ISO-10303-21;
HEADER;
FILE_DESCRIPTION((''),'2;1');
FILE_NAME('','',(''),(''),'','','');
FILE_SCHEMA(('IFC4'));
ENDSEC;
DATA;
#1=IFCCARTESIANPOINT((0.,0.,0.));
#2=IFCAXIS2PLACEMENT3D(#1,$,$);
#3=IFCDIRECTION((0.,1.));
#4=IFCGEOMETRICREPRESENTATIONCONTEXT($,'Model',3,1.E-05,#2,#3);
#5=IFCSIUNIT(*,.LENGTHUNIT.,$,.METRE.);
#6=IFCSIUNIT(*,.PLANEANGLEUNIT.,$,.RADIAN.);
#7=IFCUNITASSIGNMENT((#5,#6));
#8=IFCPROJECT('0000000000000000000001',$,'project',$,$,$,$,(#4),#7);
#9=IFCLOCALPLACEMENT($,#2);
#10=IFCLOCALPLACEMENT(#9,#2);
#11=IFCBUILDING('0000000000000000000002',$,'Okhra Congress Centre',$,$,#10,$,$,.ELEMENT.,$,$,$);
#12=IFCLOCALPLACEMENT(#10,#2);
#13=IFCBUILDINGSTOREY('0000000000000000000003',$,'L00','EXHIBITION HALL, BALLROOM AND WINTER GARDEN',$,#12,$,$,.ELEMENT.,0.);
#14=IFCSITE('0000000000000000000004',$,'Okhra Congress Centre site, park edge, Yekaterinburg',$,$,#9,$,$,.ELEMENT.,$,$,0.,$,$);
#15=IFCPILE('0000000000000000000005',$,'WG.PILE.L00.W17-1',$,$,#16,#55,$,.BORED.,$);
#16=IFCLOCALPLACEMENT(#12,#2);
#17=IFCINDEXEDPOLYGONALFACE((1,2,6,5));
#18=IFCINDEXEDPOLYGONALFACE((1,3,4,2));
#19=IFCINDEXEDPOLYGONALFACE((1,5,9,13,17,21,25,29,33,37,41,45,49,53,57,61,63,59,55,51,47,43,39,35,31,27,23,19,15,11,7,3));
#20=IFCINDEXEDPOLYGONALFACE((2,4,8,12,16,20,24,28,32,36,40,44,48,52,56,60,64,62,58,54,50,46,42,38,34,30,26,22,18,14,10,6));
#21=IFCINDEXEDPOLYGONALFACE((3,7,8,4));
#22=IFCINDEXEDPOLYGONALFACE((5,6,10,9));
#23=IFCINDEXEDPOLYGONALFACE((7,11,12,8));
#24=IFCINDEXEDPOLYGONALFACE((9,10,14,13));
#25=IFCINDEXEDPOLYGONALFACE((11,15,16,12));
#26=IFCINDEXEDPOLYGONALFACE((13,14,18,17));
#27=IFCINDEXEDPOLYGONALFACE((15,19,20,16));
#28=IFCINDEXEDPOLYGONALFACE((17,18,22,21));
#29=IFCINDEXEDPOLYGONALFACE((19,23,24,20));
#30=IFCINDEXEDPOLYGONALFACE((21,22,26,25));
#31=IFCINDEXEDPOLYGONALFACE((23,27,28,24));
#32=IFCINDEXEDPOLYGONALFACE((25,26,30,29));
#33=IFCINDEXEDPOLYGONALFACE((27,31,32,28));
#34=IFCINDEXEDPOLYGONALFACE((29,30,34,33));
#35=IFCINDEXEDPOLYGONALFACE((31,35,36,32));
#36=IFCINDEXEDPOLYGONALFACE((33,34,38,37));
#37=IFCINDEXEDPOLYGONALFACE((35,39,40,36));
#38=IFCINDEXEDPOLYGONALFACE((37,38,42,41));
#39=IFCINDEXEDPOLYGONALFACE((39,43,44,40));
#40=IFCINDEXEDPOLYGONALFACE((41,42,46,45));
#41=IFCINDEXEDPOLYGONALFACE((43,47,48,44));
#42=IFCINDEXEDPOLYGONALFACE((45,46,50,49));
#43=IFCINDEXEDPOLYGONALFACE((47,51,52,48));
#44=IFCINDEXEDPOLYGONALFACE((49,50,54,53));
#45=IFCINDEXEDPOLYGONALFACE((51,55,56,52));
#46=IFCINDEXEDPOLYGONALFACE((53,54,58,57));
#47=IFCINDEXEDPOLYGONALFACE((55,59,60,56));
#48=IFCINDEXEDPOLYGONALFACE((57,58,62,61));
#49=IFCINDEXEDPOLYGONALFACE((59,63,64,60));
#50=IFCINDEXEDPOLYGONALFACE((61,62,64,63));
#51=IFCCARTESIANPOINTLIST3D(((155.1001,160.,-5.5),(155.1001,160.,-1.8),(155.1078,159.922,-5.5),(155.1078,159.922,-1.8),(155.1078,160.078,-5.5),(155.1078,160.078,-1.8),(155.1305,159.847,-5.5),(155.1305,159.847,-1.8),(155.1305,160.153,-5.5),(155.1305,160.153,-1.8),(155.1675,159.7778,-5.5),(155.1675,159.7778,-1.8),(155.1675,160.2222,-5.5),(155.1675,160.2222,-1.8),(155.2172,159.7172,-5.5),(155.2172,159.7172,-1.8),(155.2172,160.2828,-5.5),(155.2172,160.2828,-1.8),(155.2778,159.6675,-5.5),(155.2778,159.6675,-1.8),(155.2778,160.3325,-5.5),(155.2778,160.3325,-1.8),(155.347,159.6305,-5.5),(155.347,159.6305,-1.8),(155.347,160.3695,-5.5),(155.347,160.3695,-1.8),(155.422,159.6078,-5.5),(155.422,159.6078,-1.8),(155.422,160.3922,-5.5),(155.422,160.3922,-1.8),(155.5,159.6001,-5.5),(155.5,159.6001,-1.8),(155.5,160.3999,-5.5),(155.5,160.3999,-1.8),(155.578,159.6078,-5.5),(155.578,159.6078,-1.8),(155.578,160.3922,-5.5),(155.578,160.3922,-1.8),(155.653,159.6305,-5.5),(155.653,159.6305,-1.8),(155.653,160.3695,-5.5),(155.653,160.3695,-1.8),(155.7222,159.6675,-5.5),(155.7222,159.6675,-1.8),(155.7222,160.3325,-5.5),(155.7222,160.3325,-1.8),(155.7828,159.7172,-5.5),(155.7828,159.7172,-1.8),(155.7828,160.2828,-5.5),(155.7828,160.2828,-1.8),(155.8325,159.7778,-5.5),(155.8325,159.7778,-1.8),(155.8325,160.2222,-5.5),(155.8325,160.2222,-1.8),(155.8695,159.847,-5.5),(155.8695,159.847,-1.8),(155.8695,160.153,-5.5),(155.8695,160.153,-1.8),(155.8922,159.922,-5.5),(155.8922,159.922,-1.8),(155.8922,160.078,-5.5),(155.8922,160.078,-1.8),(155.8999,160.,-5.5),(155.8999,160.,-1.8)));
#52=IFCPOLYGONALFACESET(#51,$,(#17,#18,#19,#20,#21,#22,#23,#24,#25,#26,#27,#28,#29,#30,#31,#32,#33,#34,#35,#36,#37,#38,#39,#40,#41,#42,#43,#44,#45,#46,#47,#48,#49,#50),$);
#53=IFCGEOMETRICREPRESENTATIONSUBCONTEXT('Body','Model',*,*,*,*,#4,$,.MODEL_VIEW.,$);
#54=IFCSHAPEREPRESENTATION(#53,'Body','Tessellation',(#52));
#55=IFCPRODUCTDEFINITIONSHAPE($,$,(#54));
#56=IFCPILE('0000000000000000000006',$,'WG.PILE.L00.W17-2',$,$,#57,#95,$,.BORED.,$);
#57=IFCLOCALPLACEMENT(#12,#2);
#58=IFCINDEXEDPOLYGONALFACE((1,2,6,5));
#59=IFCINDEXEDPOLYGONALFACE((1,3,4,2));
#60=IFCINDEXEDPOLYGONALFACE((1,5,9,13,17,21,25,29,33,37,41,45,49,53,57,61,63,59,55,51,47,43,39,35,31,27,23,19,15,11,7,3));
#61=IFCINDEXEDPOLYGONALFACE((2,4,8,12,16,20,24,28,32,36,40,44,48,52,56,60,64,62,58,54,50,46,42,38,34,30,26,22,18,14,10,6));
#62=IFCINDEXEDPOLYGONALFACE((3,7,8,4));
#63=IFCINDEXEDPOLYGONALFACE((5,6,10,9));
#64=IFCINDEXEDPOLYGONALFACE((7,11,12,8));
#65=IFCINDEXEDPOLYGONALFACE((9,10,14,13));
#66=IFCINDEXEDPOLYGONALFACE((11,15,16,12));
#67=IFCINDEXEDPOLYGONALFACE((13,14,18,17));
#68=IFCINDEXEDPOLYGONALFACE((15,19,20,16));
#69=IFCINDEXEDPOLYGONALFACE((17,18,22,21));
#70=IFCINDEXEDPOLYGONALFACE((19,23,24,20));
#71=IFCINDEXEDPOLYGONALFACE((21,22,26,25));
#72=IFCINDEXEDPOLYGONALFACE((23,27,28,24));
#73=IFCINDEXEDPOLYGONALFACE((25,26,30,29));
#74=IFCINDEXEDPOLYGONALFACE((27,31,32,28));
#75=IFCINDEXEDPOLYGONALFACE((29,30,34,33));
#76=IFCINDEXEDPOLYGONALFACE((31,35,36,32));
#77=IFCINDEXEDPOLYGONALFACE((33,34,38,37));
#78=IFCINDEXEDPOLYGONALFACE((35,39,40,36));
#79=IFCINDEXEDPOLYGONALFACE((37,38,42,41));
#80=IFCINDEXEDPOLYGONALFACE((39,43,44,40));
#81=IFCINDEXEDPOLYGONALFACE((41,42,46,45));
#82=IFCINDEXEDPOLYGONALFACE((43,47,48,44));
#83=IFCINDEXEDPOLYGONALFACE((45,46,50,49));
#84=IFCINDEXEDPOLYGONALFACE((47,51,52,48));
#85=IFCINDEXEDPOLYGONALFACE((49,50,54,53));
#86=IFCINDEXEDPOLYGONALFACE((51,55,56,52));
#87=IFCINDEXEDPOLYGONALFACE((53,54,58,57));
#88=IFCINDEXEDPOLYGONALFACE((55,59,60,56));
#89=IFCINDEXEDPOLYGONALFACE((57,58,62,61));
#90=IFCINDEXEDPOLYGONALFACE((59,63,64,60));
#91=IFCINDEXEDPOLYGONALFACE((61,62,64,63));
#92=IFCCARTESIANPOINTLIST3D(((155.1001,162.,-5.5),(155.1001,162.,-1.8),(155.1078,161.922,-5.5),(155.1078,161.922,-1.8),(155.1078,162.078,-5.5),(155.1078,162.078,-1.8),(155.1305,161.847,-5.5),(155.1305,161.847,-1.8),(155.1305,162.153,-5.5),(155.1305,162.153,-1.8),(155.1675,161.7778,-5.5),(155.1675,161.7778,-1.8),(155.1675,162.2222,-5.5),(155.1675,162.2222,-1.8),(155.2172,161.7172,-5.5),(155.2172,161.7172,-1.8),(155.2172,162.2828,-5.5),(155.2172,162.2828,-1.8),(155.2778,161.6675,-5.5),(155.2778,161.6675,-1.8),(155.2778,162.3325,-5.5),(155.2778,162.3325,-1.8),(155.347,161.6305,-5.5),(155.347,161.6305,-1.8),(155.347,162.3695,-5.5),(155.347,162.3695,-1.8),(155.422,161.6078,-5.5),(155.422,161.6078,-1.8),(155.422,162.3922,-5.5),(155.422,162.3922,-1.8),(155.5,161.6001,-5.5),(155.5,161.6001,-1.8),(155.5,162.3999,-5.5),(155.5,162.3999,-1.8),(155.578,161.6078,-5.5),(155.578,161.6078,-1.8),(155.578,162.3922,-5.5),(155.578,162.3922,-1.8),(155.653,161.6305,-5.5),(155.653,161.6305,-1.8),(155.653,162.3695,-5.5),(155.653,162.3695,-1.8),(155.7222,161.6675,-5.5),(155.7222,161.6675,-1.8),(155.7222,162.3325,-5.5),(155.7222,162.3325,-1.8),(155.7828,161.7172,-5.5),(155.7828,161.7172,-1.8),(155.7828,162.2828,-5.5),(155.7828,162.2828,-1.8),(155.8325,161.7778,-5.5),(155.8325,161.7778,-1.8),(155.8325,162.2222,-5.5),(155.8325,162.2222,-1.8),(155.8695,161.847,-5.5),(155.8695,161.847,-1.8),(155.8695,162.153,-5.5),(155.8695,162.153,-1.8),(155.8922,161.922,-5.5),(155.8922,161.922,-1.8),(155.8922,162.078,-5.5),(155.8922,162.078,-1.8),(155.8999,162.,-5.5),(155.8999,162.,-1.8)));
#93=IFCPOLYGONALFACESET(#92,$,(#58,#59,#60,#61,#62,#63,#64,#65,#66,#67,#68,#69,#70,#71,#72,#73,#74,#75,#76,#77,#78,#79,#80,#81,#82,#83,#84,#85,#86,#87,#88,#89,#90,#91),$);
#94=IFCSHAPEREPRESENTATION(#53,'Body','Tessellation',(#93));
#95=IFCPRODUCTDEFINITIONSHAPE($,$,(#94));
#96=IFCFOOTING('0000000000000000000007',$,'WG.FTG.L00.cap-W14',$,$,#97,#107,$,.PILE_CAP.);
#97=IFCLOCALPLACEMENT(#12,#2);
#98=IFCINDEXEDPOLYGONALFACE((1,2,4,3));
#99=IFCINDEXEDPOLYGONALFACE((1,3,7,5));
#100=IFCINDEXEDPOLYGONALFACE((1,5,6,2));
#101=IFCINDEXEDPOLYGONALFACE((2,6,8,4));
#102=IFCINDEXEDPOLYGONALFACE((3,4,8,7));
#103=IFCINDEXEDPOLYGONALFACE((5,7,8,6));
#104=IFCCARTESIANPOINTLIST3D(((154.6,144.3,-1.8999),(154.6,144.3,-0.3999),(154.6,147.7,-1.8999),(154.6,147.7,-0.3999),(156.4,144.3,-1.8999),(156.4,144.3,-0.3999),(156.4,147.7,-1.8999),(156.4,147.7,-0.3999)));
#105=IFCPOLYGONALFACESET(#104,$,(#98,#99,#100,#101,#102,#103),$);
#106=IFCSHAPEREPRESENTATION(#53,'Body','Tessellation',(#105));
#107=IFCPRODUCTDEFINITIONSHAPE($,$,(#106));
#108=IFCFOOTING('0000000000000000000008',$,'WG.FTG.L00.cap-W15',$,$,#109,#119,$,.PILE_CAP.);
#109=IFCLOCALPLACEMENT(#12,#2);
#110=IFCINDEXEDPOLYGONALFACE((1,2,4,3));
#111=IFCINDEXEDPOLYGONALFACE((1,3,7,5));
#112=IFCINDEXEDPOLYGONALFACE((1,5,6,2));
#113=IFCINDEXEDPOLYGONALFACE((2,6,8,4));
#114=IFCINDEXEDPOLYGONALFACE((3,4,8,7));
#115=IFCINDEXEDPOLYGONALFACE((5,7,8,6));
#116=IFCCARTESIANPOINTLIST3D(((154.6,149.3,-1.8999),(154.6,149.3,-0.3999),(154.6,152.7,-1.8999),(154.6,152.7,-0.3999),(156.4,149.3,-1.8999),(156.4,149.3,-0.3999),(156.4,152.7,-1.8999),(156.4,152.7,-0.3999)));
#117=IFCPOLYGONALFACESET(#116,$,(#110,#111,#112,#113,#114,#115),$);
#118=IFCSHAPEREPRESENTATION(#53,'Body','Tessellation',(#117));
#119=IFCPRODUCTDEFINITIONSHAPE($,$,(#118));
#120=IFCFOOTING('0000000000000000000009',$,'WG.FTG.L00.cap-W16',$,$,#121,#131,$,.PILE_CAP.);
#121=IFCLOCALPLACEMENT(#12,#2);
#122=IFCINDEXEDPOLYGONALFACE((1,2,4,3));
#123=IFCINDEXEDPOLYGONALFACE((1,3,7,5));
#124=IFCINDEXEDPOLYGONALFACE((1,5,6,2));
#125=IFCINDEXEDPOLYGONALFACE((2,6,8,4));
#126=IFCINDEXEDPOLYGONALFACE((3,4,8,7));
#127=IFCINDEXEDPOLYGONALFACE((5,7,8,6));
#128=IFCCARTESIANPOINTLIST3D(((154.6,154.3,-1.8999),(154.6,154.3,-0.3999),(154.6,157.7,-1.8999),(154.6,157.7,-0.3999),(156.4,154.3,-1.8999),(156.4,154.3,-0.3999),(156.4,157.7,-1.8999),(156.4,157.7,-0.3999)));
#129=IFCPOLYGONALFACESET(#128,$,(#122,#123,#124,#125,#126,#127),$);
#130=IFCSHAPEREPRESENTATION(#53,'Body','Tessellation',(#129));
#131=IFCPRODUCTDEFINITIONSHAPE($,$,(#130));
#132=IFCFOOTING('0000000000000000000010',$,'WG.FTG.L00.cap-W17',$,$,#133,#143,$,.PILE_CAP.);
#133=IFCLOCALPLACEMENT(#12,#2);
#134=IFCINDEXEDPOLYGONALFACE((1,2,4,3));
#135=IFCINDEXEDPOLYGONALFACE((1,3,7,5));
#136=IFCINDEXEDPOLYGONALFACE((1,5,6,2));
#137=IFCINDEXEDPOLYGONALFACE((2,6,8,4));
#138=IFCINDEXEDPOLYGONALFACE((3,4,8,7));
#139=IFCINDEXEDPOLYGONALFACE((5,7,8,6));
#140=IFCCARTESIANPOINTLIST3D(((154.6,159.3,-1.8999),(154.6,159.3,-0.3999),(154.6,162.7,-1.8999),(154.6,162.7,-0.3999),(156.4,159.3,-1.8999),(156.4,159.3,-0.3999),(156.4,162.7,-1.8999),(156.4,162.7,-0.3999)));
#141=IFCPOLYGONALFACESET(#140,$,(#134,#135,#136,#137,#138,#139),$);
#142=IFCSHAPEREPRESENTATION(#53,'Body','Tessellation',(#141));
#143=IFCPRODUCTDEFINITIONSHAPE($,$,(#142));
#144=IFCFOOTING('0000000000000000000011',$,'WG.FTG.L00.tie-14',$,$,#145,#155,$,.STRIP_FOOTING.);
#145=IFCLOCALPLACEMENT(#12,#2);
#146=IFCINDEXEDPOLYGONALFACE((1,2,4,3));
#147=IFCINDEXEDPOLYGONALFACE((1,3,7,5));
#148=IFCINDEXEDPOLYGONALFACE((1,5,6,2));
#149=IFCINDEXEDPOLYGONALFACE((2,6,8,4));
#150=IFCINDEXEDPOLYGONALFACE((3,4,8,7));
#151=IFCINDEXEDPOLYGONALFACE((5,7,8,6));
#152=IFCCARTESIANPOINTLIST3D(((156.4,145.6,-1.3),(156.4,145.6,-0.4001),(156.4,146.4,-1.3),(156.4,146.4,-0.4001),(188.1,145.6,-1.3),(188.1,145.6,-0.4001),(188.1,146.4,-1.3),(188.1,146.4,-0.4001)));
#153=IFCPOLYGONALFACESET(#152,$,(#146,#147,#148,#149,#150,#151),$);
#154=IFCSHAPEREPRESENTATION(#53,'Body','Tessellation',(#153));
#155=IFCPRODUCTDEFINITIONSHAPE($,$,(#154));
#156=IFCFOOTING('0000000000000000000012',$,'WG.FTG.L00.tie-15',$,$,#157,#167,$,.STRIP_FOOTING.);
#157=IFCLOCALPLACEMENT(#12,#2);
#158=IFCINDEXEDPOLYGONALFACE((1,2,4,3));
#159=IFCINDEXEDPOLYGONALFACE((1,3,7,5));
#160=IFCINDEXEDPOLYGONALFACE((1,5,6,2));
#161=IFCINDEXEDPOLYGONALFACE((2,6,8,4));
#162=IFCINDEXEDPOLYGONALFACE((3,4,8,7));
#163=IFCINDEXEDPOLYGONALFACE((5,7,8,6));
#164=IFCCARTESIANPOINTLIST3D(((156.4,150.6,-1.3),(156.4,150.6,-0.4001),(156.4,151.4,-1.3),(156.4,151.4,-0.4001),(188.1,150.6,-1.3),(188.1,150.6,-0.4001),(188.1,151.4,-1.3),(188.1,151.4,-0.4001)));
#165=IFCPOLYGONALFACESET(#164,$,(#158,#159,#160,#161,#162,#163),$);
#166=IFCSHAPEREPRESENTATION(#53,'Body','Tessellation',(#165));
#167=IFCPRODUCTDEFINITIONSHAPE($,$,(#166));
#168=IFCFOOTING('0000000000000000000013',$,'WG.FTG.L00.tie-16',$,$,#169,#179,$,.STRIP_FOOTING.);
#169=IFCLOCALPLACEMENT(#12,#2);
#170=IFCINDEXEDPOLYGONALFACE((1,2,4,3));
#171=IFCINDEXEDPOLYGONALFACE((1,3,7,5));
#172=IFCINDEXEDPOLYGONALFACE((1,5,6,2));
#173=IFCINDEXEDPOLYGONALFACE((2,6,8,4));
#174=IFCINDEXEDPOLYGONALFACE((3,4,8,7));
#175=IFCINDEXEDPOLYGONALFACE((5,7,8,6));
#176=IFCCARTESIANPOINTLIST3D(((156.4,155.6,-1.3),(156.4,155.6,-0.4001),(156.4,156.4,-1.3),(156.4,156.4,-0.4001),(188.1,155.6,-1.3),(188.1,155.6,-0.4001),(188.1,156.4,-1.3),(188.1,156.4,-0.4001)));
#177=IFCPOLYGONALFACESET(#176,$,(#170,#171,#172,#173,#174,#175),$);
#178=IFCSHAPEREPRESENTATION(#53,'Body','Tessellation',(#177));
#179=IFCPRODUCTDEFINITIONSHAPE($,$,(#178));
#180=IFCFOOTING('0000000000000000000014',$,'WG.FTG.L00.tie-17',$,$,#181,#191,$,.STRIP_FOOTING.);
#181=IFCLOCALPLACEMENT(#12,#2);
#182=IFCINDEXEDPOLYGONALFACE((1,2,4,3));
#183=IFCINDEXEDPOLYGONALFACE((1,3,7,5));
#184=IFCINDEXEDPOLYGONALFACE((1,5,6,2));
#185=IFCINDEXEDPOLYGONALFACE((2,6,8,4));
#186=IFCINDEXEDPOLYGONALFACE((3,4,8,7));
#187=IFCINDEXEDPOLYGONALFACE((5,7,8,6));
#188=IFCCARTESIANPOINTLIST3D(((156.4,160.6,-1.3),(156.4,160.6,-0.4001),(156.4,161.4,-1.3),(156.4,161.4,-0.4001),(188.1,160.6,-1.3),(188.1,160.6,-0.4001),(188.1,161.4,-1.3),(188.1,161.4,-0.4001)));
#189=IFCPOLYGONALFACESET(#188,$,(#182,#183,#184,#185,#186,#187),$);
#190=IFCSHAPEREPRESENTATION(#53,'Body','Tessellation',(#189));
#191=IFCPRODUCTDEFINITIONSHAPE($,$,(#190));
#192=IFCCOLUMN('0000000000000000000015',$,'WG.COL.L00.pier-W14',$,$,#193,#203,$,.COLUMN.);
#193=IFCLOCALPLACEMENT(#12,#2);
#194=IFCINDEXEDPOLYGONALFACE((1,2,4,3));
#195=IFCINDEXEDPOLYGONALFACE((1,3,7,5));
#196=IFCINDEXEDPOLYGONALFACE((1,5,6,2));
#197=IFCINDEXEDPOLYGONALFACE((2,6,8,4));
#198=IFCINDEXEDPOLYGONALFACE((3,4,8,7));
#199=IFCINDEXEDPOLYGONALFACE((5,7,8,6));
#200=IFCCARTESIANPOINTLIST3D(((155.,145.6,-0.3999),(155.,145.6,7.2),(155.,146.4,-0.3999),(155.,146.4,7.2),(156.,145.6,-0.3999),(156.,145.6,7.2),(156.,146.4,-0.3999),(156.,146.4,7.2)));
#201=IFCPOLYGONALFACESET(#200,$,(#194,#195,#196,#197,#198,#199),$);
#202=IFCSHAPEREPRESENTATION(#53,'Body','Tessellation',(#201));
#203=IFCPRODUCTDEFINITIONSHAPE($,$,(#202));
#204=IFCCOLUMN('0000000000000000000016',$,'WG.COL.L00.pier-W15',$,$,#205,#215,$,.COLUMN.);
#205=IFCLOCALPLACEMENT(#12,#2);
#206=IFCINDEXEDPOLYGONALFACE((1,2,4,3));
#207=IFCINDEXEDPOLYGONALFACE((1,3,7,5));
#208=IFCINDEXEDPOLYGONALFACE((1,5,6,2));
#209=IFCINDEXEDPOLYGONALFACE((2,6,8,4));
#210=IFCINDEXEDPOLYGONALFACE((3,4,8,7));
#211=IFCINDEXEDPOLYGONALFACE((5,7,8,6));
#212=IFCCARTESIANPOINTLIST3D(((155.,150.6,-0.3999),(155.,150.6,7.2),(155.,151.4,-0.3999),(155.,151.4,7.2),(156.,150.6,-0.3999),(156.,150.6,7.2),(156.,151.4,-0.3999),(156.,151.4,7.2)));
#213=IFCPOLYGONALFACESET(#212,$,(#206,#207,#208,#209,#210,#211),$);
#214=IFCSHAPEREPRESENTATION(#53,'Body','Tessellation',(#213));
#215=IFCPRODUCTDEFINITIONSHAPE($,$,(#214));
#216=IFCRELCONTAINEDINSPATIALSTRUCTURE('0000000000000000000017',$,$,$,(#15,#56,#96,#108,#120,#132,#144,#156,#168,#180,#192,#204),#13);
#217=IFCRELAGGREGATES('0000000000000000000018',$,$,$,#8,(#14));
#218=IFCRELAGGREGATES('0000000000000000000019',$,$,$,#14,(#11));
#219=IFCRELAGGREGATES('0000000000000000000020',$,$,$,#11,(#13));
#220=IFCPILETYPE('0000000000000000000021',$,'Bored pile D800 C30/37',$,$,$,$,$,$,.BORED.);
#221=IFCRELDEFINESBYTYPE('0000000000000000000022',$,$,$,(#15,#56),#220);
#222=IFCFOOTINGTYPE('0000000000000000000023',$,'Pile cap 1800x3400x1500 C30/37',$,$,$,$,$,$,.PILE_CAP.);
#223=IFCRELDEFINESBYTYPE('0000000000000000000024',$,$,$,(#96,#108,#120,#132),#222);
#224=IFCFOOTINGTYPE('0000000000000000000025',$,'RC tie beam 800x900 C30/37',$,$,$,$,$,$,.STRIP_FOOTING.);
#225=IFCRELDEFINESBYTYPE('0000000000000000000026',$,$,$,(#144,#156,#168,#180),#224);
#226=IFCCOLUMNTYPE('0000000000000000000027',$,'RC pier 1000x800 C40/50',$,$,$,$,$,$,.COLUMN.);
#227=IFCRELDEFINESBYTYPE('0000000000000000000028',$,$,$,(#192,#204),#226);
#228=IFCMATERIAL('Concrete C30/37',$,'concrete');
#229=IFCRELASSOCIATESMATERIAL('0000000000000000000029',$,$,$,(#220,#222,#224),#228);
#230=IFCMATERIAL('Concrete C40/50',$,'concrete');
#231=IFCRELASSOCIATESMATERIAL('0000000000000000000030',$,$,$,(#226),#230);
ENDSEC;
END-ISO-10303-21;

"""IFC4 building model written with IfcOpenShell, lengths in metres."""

from ifc_helpers import new_model, si_unit, direction, frame, origin, origin_2d, place, context, subcontext, project, spatial, rectangle, circle, extrude, material, material_profile, profile_set, type_object, element, save


model = new_model("IFC4")

# Units and contexts
model_context = context("Model", 3, precision=1e-05, world=origin(), true_north=direction((0.0, 1.0)))
body_context = subcontext(model_context, "Body", "Model", "MODEL_VIEW")
ifc_project = project(units=[si_unit("LENGTHUNIT", "METRE"), si_unit("PLANEANGLEUNIT", "RADIAN")], contexts=[model_context])

# Site, building, storey
site_placement = place(None, origin())
site = spatial("IfcSite", under=ifc_project, at=site_placement, Name="Okhra Congress Centre site, park edge, Yekaterinburg", CompositionType="ELEMENT", RefElevation=0.0)
building_placement = place(site_placement, origin())
building = spatial("IfcBuilding", under=site, at=building_placement, Name="Okhra Congress Centre", CompositionType="ELEMENT")
storey_placement = place(building_placement, origin())
storey = spatial("IfcBuildingStorey", under=building, at=storey_placement, Name="L00", Description="EXHIBITION HALL, BALLROOM AND WINTER GARDEN", CompositionType="ELEMENT", Elevation=0.0)

# Piles
ifc_material_1 = material(Name="Concrete C30/37", Category="concrete")
ifc_material_profile_1 = material_profile(ifc_material_1, circle(Radius=0.3999, at=origin_2d()), Name="D800")
ifc_profile_set_1 = profile_set([ifc_material_profile_1], Name="Concrete C30/37")
pile_type = type_object("IfcPileType", Name="Bored pile D800 C30/37", PredefinedType="BORED", material=ifc_profile_set_1)
for number, where, z_axis, x_axis, name in (
    (1, (155.5, 160.0, -1.8), (0.0, 0.0, -1.0), (1.0, 0.0, 0.0), "WG.PILE.L00.W17-1"),
    (2, (155.5, 162.0, -1.8), (0.0, 0.0, -1.0), (1.0, 0.0, 0.0), "WG.PILE.L00.W17-2"),
):
    element("IfcPile", number, at=place(storey_placement, frame(where, z_axis=z_axis, x_axis=x_axis)), inside=storey, type_object=pile_type, Name=name, PredefinedType="BORED", context=body_context, shape_type="SweptSolid", body=[
        extrude(circle(Radius=0.3999, at=origin_2d()), origin(), (0.0, 0.0, 1.0), 3.7),
    ])

# Footings
footing_type_1 = type_object("IfcFootingType", Name="Pile cap 1800x3400x1500 C30/37", PredefinedType="PILE_CAP", material=ifc_material_1)
for number, where, z_axis, x_axis, name in (
    (3, (155.5, 146.0, -1.8999), (0.0, 0.0, 1.0), (1.0, 0.0, 0.0), "WG.FTG.L00.cap-W14"),
    (4, (155.5, 151.0, -1.8999), (0.0, 0.0, 1.0), (1.0, 0.0, 0.0), "WG.FTG.L00.cap-W15"),
    (5, (155.5, 156.0, -1.8999), (0.0, 0.0, 1.0), (1.0, 0.0, 0.0), "WG.FTG.L00.cap-W16"),
    (6, (155.5, 161.0, -1.8999), (0.0, 0.0, 1.0), (1.0, 0.0, 0.0), "WG.FTG.L00.cap-W17"),
):
    element("IfcFooting", number, at=place(storey_placement, frame(where, z_axis=z_axis, x_axis=x_axis)), inside=storey, type_object=footing_type_1, Name=name, PredefinedType="PILE_CAP", context=body_context, shape_type="SweptSolid", body=[
        extrude(rectangle(XDim=1.8, YDim=3.3999, at=origin_2d()), origin(), (0.0, 0.0, 1.0), 1.5),
    ])
footing_type_2 = type_object("IfcFootingType", Name="RC tie beam 800x900 C30/37", PredefinedType="STRIP_FOOTING", material=ifc_material_1)
for number, where, z_axis, x_axis, name in (
    (7, (172.25, 146.0, -1.3), (0.0, 0.0, 1.0), (1.0, 0.0, 0.0), "WG.FTG.L00.tie-14"),
    (8, (172.25, 151.0, -1.3), (0.0, 0.0, 1.0), (1.0, 0.0, 0.0), "WG.FTG.L00.tie-15"),
    (9, (172.25, 156.0, -1.3), (0.0, 0.0, 1.0), (1.0, 0.0, 0.0), "WG.FTG.L00.tie-16"),
    (10, (172.25, 161.0, -1.3), (0.0, 0.0, 1.0), (1.0, 0.0, 0.0), "WG.FTG.L00.tie-17"),
):
    element("IfcFooting", number, at=place(storey_placement, frame(where, z_axis=z_axis, x_axis=x_axis)), inside=storey, type_object=footing_type_2, Name=name, PredefinedType="STRIP_FOOTING", context=body_context, shape_type="SweptSolid", body=[
        extrude(rectangle(XDim=31.7, YDim=0.8, at=origin_2d()), origin(), (0.0, 0.0, 1.0), 0.8999),
    ])

# Columns
ifc_material_2 = material(Name="Concrete C40/50", Category="concrete")
ifc_material_profile_2 = material_profile(ifc_material_2, rectangle(XDim=1.0, YDim=0.8, at=origin_2d()), Name="RC 1000x800")
ifc_profile_set_2 = profile_set([ifc_material_profile_2], Name="Concrete C40/50")
column_type = type_object("IfcColumnType", Name="RC pier 1000x800 C40/50", PredefinedType="COLUMN", material=ifc_profile_set_2)
for number, where, z_axis, x_axis, name in (
    (11, (155.5, 146.0, -0.3999), (0.0, 0.0, 1.0), (1.0, 0.0, 0.0), "WG.COL.L00.pier-W14"),
    (12, (155.5, 151.0, -0.3999), (0.0, 0.0, 1.0), (1.0, 0.0, 0.0), "WG.COL.L00.pier-W15"),
):
    element("IfcColumn", number, at=place(storey_placement, frame(where, z_axis=z_axis, x_axis=x_axis)), inside=storey, type_object=column_type, Name=name, PredefinedType="COLUMN", context=body_context, shape_type="SweptSolid", body=[
        extrude(rectangle(XDim=1.0, YDim=0.8, at=origin_2d()), origin(), (0.0, 0.0, 1.0), 7.5999),
    ])

save(model, "model.ifc")
